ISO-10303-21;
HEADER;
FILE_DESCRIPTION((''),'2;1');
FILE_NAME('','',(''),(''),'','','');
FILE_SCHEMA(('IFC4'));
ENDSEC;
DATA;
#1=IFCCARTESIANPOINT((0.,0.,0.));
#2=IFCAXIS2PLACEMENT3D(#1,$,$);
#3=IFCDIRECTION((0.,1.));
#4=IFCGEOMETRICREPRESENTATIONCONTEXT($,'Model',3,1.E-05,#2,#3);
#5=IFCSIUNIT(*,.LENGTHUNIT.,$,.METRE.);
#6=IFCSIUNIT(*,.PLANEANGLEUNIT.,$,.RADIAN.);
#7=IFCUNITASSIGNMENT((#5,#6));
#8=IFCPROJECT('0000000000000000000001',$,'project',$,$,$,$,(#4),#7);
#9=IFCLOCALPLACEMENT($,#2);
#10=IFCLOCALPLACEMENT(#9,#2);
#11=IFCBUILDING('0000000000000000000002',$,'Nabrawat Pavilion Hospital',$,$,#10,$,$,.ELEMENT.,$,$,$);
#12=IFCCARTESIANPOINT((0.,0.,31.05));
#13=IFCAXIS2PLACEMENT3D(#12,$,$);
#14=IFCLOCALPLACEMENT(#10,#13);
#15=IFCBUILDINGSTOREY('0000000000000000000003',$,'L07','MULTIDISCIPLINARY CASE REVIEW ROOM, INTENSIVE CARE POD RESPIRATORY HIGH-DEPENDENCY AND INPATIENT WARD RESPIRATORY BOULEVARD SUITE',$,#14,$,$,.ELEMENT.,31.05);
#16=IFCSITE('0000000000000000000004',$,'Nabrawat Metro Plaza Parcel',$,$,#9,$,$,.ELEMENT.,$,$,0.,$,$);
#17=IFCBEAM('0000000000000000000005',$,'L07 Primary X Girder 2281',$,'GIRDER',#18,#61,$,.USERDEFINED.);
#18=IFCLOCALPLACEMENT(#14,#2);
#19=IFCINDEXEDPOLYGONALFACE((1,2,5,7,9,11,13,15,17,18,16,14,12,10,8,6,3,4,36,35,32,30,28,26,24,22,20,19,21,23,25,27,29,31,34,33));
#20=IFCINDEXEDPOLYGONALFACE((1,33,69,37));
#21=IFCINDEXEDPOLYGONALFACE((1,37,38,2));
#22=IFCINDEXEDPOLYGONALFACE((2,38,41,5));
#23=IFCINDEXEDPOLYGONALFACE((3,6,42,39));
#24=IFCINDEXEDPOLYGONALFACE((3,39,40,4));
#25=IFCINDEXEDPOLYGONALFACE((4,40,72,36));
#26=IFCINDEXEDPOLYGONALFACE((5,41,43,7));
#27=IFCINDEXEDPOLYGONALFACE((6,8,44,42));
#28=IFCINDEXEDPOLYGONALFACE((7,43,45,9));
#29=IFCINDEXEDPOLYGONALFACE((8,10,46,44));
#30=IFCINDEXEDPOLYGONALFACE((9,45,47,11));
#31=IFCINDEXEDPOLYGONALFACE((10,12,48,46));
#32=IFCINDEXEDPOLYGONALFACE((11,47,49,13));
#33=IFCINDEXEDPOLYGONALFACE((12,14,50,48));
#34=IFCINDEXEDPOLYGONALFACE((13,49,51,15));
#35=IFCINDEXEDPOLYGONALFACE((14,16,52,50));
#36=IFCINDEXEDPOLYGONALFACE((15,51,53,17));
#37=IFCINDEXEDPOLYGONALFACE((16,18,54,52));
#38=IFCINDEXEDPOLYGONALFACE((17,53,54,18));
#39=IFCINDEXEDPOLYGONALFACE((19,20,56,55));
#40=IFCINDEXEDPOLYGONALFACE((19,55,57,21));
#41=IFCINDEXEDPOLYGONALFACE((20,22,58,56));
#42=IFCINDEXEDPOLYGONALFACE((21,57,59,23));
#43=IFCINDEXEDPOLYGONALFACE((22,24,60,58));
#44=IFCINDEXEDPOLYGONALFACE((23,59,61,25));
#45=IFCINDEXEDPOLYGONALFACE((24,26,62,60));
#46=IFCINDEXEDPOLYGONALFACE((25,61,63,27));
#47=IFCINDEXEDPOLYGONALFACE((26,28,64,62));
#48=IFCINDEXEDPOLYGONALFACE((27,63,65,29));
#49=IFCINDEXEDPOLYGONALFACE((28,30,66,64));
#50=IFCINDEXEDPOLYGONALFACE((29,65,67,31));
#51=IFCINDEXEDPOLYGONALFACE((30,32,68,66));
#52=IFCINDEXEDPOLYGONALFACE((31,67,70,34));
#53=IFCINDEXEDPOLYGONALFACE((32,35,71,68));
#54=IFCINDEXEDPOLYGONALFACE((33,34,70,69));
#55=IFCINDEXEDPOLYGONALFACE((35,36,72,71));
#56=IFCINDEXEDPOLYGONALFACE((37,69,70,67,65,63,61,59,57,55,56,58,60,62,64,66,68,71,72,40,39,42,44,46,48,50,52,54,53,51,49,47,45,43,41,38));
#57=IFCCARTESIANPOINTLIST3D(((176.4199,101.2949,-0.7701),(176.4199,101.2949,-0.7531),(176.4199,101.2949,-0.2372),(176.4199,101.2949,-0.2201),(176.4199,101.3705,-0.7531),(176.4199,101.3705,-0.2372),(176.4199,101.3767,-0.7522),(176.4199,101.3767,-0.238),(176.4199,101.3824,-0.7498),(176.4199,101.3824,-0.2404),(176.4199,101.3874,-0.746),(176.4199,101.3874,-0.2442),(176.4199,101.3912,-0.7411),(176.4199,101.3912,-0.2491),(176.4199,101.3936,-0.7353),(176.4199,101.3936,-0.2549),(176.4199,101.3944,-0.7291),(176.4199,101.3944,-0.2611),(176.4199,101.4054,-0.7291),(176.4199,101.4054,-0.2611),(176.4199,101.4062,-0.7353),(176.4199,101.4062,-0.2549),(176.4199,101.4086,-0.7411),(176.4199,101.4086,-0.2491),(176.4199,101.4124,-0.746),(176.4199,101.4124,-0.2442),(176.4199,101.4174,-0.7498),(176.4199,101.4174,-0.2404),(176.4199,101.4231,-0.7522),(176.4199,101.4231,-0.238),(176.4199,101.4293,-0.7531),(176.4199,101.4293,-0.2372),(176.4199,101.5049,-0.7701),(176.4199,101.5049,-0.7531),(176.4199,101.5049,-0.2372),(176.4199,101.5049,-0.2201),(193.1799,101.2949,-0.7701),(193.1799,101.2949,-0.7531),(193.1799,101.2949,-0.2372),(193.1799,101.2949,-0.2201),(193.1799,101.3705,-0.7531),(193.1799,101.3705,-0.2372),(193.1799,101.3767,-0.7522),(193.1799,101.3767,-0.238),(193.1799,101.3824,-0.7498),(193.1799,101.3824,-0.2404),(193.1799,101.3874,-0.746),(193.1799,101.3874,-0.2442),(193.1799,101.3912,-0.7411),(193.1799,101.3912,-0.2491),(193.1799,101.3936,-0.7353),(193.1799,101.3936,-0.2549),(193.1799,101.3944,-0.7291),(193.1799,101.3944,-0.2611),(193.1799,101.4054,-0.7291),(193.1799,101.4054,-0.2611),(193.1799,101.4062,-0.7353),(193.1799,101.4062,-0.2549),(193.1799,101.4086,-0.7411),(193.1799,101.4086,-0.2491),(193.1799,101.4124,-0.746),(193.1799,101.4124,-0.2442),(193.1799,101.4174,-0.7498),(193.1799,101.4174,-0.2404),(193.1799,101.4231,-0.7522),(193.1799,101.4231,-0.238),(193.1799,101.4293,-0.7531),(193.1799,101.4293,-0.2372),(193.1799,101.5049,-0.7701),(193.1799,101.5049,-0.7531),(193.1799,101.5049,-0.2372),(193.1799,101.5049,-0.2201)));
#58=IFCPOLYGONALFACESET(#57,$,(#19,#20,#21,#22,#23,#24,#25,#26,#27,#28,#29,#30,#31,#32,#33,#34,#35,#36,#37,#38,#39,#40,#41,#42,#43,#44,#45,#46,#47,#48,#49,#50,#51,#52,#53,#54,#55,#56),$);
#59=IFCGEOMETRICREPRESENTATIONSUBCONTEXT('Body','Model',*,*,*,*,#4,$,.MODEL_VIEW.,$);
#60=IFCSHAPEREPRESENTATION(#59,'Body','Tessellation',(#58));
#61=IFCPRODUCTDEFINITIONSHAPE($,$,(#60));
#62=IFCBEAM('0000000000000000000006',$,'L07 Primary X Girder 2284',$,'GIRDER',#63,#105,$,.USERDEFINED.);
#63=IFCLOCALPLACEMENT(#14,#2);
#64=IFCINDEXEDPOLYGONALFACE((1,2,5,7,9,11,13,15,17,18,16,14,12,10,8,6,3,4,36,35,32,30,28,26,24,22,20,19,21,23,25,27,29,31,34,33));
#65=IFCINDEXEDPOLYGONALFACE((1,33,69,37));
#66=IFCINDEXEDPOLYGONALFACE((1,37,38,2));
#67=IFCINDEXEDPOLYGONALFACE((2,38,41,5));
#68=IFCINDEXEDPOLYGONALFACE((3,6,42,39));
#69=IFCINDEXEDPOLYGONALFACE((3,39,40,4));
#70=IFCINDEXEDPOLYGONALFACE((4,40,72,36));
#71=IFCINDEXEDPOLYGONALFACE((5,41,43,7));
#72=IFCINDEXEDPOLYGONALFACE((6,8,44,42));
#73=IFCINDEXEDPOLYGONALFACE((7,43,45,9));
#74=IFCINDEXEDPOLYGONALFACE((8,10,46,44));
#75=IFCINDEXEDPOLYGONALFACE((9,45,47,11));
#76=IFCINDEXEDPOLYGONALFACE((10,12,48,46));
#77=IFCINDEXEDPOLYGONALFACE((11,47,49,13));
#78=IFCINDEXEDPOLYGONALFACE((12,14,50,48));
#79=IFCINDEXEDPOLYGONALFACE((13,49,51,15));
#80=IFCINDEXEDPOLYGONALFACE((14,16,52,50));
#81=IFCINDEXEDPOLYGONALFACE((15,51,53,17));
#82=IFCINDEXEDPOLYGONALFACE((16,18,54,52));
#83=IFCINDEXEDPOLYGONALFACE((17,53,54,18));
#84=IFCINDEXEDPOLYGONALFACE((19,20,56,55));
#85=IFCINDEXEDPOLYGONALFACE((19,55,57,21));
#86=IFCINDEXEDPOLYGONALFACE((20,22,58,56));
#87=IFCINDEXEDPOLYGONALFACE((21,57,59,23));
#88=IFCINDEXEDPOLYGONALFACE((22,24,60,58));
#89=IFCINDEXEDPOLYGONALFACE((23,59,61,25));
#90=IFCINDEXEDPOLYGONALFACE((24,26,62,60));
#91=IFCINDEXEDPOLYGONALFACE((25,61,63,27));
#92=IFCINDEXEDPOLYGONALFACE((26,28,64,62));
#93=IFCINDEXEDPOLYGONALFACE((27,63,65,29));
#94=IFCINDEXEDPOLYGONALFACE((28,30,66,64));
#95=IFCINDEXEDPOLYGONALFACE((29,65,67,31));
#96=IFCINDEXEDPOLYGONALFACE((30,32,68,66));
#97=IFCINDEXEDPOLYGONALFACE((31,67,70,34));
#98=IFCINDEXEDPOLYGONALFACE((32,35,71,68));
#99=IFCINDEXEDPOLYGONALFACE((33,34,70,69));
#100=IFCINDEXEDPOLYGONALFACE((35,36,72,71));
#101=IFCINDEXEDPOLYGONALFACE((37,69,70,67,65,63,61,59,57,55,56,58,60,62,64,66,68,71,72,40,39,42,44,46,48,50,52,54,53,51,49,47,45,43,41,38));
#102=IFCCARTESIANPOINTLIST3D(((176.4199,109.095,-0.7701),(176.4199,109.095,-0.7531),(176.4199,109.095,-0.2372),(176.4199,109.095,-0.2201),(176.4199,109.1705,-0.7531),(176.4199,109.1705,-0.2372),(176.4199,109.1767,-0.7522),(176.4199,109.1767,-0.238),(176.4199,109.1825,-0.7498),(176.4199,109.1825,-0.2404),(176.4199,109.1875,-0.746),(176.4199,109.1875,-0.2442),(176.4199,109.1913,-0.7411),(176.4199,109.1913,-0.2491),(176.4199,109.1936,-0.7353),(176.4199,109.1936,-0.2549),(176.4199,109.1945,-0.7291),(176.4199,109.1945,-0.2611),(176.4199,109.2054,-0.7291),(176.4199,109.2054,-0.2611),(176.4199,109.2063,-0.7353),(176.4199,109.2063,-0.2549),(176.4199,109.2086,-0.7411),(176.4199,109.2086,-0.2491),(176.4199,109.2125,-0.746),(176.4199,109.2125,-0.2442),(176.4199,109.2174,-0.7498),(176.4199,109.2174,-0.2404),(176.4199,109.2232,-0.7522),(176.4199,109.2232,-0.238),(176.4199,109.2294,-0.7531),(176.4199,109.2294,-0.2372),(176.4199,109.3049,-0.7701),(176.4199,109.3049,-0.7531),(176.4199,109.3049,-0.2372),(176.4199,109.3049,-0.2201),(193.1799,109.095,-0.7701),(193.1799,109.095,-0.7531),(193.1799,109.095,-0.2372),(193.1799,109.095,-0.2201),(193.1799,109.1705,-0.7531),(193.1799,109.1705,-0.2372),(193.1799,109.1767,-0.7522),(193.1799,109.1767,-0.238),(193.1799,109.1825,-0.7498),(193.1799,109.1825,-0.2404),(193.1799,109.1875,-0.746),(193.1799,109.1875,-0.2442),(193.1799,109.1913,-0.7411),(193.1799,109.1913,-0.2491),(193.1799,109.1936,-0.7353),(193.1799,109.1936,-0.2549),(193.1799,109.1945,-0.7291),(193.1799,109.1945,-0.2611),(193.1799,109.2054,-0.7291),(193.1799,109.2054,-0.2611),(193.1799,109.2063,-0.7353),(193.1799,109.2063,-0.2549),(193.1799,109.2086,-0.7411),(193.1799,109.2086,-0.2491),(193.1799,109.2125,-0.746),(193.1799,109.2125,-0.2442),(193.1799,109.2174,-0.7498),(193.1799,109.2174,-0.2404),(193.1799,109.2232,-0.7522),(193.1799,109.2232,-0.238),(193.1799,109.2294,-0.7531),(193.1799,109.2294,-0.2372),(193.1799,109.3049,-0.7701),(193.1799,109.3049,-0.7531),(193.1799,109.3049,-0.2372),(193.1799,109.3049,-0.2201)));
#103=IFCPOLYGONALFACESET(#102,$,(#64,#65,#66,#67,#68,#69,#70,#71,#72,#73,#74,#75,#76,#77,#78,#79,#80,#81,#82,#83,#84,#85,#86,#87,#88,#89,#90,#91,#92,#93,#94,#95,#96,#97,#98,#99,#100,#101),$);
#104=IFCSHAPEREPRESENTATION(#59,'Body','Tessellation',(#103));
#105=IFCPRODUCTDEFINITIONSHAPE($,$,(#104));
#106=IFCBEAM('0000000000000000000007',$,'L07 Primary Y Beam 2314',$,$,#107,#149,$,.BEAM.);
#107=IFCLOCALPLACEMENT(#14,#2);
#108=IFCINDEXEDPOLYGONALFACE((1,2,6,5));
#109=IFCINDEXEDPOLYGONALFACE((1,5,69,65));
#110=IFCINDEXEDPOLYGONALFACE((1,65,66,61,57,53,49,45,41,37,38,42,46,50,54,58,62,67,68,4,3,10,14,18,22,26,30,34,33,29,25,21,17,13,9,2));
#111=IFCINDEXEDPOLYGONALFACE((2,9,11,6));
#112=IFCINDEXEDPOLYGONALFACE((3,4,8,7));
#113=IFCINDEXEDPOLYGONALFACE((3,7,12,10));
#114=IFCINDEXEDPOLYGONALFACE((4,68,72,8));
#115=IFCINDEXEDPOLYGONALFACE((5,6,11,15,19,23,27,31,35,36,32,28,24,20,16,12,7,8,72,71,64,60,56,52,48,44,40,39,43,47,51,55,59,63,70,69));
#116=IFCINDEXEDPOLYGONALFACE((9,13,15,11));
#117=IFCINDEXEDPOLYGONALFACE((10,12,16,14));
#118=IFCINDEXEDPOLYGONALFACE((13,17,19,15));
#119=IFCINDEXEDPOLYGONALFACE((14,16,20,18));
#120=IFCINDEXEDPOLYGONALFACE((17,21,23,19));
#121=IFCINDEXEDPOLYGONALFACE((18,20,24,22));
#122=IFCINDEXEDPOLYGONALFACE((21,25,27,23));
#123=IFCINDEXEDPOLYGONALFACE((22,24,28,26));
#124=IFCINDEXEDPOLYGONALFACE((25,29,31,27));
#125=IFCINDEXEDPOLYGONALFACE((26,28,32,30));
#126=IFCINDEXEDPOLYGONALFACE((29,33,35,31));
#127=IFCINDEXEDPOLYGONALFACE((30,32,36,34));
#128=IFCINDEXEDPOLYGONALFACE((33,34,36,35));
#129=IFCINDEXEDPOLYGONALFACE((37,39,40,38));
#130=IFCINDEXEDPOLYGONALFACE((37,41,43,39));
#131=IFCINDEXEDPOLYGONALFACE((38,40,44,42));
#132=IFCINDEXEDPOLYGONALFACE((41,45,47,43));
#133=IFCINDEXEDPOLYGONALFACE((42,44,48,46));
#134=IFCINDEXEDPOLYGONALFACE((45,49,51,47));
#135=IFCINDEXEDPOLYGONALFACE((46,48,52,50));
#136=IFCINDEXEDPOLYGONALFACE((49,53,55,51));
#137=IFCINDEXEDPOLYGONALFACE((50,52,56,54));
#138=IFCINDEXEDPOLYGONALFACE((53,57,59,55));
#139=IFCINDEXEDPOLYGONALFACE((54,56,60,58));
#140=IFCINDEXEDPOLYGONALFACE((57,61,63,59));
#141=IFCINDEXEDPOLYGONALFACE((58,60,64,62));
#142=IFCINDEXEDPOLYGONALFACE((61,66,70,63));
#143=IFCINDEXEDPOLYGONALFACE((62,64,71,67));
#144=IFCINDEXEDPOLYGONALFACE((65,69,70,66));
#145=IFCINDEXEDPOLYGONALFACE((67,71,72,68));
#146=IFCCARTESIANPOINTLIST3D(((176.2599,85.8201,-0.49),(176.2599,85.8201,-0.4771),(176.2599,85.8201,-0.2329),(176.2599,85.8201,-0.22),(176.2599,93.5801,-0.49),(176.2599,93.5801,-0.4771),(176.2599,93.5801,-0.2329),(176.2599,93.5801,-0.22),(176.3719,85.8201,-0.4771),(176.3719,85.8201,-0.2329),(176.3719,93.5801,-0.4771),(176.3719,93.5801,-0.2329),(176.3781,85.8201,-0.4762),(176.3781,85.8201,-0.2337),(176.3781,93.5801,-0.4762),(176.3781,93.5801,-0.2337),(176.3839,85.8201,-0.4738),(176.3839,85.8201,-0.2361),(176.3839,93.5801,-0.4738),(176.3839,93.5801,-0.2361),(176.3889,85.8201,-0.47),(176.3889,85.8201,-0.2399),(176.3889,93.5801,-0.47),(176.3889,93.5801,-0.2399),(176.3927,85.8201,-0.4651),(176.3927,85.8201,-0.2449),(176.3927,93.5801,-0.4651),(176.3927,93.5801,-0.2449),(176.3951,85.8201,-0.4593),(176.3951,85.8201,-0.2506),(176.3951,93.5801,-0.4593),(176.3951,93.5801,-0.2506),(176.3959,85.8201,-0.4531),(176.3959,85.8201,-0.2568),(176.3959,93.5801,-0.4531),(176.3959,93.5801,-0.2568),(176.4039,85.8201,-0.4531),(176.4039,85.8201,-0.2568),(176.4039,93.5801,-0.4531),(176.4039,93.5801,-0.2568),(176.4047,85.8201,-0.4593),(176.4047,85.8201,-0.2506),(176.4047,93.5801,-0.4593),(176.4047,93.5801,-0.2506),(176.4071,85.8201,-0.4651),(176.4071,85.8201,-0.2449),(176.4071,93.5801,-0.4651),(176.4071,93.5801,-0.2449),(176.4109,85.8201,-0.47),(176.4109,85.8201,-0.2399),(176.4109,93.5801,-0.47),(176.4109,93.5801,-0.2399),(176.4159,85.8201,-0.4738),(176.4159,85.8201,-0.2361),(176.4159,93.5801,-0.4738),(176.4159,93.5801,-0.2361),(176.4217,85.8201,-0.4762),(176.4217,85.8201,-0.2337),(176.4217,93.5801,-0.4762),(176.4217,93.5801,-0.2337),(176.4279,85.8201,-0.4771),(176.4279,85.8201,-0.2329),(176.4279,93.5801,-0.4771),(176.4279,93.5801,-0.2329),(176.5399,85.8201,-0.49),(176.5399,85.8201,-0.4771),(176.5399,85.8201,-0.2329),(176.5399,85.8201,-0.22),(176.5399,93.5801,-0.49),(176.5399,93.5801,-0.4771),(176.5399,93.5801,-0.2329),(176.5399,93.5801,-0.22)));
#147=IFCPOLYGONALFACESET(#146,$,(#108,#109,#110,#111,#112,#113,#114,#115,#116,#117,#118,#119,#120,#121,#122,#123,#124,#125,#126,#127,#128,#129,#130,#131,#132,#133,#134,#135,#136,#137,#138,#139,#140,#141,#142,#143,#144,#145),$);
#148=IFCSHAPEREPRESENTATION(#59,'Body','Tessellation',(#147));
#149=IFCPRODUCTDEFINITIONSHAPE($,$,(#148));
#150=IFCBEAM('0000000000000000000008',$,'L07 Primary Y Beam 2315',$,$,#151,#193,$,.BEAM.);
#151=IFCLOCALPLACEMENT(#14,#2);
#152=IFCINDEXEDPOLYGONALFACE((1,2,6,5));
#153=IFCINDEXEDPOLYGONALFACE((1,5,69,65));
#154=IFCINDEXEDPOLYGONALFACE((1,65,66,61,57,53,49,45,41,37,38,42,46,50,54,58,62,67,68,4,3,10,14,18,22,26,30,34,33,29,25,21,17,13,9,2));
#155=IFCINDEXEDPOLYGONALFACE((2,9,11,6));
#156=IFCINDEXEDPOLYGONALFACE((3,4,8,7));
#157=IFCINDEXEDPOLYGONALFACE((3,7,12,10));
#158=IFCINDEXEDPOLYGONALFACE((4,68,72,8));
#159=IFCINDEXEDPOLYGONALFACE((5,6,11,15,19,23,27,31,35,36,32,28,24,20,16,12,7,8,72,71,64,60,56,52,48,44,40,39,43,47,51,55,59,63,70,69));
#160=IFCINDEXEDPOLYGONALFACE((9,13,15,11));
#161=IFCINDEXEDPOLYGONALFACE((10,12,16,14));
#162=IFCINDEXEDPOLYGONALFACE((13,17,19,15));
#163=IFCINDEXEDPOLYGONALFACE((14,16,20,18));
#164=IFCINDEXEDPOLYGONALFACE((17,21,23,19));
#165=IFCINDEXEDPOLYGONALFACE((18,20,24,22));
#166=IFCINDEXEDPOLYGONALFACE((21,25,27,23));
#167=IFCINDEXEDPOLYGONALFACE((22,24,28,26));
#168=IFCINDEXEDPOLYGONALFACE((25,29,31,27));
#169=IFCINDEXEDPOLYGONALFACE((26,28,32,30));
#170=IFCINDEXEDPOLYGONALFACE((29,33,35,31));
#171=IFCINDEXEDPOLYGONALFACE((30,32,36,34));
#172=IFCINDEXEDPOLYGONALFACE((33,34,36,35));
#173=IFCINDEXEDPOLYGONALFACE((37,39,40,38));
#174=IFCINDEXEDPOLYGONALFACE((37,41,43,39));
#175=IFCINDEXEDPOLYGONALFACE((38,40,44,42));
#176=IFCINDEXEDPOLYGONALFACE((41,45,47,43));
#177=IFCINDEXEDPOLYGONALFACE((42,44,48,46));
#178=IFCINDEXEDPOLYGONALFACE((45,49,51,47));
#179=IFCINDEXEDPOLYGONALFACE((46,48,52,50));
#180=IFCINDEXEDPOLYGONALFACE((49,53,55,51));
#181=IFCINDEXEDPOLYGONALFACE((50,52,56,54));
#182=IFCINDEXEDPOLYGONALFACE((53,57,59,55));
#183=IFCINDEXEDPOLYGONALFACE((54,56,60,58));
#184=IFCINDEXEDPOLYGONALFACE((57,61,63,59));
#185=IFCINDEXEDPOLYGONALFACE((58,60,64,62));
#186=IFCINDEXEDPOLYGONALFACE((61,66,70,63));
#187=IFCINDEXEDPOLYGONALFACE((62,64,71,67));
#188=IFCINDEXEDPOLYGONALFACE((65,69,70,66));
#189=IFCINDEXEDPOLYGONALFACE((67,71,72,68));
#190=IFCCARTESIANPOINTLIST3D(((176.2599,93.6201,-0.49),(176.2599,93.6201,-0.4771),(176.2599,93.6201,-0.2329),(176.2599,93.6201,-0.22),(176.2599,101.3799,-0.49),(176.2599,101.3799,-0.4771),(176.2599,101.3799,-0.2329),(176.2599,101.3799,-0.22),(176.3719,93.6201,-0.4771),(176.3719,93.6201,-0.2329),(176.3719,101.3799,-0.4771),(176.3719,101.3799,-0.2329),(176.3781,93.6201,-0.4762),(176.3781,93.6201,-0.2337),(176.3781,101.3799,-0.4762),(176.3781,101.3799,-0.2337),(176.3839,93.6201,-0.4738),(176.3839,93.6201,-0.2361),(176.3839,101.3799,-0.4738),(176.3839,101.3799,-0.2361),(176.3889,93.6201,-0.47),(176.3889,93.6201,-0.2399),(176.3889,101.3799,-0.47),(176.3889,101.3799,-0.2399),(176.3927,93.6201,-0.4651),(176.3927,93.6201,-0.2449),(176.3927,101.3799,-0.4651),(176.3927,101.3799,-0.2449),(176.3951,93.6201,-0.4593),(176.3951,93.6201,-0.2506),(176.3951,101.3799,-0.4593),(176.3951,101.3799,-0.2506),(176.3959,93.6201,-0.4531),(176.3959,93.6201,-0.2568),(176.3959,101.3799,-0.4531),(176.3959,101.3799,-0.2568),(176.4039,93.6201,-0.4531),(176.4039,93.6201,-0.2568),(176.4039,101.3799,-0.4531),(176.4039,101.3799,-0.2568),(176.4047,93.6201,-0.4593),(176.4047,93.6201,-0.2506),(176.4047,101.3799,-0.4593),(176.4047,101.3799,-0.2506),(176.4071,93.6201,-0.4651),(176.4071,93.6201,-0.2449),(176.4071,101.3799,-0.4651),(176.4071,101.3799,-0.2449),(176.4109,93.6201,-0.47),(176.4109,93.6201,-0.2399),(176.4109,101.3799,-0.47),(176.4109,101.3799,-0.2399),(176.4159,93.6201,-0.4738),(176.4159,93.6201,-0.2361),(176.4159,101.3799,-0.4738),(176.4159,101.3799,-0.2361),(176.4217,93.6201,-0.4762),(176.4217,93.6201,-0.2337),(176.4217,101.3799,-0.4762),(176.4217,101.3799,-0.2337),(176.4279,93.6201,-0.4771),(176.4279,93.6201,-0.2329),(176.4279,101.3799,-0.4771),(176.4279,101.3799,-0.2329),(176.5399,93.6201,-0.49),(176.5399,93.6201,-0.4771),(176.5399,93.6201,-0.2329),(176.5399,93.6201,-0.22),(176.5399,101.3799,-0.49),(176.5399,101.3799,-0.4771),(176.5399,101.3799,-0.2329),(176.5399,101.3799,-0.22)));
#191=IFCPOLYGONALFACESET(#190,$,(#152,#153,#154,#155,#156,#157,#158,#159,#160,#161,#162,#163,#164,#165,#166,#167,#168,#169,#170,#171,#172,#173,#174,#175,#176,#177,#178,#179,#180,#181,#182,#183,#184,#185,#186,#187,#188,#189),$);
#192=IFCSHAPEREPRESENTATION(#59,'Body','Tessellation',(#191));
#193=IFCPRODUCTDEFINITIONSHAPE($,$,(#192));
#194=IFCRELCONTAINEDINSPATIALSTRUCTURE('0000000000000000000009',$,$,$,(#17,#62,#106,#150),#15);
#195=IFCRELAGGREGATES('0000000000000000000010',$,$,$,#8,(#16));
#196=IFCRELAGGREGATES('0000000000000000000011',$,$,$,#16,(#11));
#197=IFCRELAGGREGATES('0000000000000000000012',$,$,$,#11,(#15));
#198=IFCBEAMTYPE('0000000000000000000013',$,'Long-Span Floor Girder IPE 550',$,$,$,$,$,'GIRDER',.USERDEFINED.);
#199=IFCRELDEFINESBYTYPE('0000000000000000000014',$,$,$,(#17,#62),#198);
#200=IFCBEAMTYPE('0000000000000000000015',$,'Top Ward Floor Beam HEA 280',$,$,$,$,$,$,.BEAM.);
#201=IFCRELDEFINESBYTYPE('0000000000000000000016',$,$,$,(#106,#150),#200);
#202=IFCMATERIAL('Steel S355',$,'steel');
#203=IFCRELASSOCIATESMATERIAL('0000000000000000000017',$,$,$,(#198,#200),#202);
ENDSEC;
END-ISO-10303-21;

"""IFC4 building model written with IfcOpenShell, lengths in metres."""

from ifc_helpers import new_model, si_unit, direction, frame, origin, origin_2d, place, context, subcontext, project, spatial, i_section, extrude, material, material_profile, profile_set, type_object, element, save


model = new_model("IFC4")

# Units and contexts
model_context = context("Model", 3, precision=1e-05, world=origin(), true_north=direction((0.0, 1.0)))
body_context = subcontext(model_context, "Body", "Model", "MODEL_VIEW")
ifc_project = project(units=[si_unit("LENGTHUNIT", "METRE"), si_unit("PLANEANGLEUNIT", "RADIAN")], contexts=[model_context])

# Site, building, storey
site_placement = place(None, origin())
site = spatial("IfcSite", under=ifc_project, at=site_placement, Name="Nabrawat Metro Plaza Parcel", CompositionType="ELEMENT", RefElevation=0.0)
building_placement = place(site_placement, origin())
building = spatial("IfcBuilding", under=site, at=building_placement, Name="Nabrawat Pavilion Hospital", CompositionType="ELEMENT")
storey_placement = place(building_placement, frame((0.0, 0.0, 31.05)))
storey = spatial("IfcBuildingStorey", under=building, at=storey_placement, Name="L07", Description="MULTIDISCIPLINARY CASE REVIEW ROOM, INTENSIVE CARE POD RESPIRATORY HIGH-DEPENDENCY AND INPATIENT WARD RESPIRATORY BOULEVARD SUITE", CompositionType="ELEMENT", Elevation=31.05)

# Shared definitions
ifc_material_1 = material(Name="Steel S355", Category="steel")

# Beams
ifc_material_profile_1 = material_profile(ifc_material_1, i_section(OverallWidth=0.21, OverallDepth=0.55, WebThickness=0.011, FlangeThickness=0.0171, FilletRadius=0.0239, at=origin_2d()), Name="IPE 550")
ifc_profile_set_1 = profile_set([ifc_material_profile_1], Name="Steel S355")
beam_type_1 = type_object("IfcBeamType", Name="Long-Span Floor Girder IPE 550", ElementType="GIRDER", PredefinedType="USERDEFINED", material=ifc_profile_set_1)
for number, where, z_axis, x_axis, name in (
    (1, (176.4199, 101.3999, -0.4951), (1.0, 0.0, 0.0), (0.0, 1.0, 0.0), "L07 Primary X Girder 2281"),
    (2, (176.4199, 109.2, -0.4951), (1.0, 0.0, 0.0), (0.0, 1.0, 0.0), "L07 Primary X Girder 2284"),
):
    element("IfcBeam", number, at=place(storey_placement, frame(where, z_axis=z_axis, x_axis=x_axis)), inside=storey, type_object=beam_type_1, Name=name, ObjectType="GIRDER", PredefinedType="USERDEFINED", context=body_context, shape_type="SweptSolid", body=[
        extrude(i_section(OverallWidth=0.21, OverallDepth=0.55, WebThickness=0.011, FlangeThickness=0.0171, FilletRadius=0.0239, at=origin_2d()), origin(), (0.0, 0.0, 1.0), 16.76),
    ])
ifc_material_profile_2 = material_profile(ifc_material_1, i_section(OverallWidth=0.28, OverallDepth=0.27, WebThickness=0.0081, FlangeThickness=0.0129, FilletRadius=0.0239, at=origin_2d()), Name="HEA 280")
ifc_profile_set_2 = profile_set([ifc_material_profile_2], Name="Steel S355")
beam_type_2 = type_object("IfcBeamType", Name="Top Ward Floor Beam HEA 280", PredefinedType="BEAM", material=ifc_profile_set_2)
beam_1_placement = place(storey_placement, frame((176.3999, 85.8201, -0.355), z_axis=(0.0, 1.0, 0.0), x_axis=(-1.0, 0.0, 0.0)))
element("IfcBeam", 3, at=beam_1_placement, inside=storey, type_object=beam_type_2, Name="L07 Primary Y Beam 2314", PredefinedType="BEAM", context=body_context, shape_type="SweptSolid", body=[
    extrude(i_section(OverallWidth=0.28, OverallDepth=0.27, WebThickness=0.0081, FlangeThickness=0.0129, FilletRadius=0.0239, at=origin_2d()), origin(), (0.0, 0.0, 1.0), 7.76),
])
beam_2_placement = place(storey_placement, frame((176.3999, 93.6201, -0.355), z_axis=(0.0, 1.0, 0.0), x_axis=(-1.0, 0.0, 0.0)))
element("IfcBeam", 4, at=beam_2_placement, inside=storey, type_object=beam_type_2, Name="L07 Primary Y Beam 2315", PredefinedType="BEAM", context=body_context, shape_type="SweptSolid", body=[
    extrude(i_section(OverallWidth=0.28, OverallDepth=0.27, WebThickness=0.0081, FlangeThickness=0.0129, FilletRadius=0.0239, at=origin_2d()), origin(), (0.0, 0.0, 1.0), 7.7598),
])

save(model, "model.ifc")
